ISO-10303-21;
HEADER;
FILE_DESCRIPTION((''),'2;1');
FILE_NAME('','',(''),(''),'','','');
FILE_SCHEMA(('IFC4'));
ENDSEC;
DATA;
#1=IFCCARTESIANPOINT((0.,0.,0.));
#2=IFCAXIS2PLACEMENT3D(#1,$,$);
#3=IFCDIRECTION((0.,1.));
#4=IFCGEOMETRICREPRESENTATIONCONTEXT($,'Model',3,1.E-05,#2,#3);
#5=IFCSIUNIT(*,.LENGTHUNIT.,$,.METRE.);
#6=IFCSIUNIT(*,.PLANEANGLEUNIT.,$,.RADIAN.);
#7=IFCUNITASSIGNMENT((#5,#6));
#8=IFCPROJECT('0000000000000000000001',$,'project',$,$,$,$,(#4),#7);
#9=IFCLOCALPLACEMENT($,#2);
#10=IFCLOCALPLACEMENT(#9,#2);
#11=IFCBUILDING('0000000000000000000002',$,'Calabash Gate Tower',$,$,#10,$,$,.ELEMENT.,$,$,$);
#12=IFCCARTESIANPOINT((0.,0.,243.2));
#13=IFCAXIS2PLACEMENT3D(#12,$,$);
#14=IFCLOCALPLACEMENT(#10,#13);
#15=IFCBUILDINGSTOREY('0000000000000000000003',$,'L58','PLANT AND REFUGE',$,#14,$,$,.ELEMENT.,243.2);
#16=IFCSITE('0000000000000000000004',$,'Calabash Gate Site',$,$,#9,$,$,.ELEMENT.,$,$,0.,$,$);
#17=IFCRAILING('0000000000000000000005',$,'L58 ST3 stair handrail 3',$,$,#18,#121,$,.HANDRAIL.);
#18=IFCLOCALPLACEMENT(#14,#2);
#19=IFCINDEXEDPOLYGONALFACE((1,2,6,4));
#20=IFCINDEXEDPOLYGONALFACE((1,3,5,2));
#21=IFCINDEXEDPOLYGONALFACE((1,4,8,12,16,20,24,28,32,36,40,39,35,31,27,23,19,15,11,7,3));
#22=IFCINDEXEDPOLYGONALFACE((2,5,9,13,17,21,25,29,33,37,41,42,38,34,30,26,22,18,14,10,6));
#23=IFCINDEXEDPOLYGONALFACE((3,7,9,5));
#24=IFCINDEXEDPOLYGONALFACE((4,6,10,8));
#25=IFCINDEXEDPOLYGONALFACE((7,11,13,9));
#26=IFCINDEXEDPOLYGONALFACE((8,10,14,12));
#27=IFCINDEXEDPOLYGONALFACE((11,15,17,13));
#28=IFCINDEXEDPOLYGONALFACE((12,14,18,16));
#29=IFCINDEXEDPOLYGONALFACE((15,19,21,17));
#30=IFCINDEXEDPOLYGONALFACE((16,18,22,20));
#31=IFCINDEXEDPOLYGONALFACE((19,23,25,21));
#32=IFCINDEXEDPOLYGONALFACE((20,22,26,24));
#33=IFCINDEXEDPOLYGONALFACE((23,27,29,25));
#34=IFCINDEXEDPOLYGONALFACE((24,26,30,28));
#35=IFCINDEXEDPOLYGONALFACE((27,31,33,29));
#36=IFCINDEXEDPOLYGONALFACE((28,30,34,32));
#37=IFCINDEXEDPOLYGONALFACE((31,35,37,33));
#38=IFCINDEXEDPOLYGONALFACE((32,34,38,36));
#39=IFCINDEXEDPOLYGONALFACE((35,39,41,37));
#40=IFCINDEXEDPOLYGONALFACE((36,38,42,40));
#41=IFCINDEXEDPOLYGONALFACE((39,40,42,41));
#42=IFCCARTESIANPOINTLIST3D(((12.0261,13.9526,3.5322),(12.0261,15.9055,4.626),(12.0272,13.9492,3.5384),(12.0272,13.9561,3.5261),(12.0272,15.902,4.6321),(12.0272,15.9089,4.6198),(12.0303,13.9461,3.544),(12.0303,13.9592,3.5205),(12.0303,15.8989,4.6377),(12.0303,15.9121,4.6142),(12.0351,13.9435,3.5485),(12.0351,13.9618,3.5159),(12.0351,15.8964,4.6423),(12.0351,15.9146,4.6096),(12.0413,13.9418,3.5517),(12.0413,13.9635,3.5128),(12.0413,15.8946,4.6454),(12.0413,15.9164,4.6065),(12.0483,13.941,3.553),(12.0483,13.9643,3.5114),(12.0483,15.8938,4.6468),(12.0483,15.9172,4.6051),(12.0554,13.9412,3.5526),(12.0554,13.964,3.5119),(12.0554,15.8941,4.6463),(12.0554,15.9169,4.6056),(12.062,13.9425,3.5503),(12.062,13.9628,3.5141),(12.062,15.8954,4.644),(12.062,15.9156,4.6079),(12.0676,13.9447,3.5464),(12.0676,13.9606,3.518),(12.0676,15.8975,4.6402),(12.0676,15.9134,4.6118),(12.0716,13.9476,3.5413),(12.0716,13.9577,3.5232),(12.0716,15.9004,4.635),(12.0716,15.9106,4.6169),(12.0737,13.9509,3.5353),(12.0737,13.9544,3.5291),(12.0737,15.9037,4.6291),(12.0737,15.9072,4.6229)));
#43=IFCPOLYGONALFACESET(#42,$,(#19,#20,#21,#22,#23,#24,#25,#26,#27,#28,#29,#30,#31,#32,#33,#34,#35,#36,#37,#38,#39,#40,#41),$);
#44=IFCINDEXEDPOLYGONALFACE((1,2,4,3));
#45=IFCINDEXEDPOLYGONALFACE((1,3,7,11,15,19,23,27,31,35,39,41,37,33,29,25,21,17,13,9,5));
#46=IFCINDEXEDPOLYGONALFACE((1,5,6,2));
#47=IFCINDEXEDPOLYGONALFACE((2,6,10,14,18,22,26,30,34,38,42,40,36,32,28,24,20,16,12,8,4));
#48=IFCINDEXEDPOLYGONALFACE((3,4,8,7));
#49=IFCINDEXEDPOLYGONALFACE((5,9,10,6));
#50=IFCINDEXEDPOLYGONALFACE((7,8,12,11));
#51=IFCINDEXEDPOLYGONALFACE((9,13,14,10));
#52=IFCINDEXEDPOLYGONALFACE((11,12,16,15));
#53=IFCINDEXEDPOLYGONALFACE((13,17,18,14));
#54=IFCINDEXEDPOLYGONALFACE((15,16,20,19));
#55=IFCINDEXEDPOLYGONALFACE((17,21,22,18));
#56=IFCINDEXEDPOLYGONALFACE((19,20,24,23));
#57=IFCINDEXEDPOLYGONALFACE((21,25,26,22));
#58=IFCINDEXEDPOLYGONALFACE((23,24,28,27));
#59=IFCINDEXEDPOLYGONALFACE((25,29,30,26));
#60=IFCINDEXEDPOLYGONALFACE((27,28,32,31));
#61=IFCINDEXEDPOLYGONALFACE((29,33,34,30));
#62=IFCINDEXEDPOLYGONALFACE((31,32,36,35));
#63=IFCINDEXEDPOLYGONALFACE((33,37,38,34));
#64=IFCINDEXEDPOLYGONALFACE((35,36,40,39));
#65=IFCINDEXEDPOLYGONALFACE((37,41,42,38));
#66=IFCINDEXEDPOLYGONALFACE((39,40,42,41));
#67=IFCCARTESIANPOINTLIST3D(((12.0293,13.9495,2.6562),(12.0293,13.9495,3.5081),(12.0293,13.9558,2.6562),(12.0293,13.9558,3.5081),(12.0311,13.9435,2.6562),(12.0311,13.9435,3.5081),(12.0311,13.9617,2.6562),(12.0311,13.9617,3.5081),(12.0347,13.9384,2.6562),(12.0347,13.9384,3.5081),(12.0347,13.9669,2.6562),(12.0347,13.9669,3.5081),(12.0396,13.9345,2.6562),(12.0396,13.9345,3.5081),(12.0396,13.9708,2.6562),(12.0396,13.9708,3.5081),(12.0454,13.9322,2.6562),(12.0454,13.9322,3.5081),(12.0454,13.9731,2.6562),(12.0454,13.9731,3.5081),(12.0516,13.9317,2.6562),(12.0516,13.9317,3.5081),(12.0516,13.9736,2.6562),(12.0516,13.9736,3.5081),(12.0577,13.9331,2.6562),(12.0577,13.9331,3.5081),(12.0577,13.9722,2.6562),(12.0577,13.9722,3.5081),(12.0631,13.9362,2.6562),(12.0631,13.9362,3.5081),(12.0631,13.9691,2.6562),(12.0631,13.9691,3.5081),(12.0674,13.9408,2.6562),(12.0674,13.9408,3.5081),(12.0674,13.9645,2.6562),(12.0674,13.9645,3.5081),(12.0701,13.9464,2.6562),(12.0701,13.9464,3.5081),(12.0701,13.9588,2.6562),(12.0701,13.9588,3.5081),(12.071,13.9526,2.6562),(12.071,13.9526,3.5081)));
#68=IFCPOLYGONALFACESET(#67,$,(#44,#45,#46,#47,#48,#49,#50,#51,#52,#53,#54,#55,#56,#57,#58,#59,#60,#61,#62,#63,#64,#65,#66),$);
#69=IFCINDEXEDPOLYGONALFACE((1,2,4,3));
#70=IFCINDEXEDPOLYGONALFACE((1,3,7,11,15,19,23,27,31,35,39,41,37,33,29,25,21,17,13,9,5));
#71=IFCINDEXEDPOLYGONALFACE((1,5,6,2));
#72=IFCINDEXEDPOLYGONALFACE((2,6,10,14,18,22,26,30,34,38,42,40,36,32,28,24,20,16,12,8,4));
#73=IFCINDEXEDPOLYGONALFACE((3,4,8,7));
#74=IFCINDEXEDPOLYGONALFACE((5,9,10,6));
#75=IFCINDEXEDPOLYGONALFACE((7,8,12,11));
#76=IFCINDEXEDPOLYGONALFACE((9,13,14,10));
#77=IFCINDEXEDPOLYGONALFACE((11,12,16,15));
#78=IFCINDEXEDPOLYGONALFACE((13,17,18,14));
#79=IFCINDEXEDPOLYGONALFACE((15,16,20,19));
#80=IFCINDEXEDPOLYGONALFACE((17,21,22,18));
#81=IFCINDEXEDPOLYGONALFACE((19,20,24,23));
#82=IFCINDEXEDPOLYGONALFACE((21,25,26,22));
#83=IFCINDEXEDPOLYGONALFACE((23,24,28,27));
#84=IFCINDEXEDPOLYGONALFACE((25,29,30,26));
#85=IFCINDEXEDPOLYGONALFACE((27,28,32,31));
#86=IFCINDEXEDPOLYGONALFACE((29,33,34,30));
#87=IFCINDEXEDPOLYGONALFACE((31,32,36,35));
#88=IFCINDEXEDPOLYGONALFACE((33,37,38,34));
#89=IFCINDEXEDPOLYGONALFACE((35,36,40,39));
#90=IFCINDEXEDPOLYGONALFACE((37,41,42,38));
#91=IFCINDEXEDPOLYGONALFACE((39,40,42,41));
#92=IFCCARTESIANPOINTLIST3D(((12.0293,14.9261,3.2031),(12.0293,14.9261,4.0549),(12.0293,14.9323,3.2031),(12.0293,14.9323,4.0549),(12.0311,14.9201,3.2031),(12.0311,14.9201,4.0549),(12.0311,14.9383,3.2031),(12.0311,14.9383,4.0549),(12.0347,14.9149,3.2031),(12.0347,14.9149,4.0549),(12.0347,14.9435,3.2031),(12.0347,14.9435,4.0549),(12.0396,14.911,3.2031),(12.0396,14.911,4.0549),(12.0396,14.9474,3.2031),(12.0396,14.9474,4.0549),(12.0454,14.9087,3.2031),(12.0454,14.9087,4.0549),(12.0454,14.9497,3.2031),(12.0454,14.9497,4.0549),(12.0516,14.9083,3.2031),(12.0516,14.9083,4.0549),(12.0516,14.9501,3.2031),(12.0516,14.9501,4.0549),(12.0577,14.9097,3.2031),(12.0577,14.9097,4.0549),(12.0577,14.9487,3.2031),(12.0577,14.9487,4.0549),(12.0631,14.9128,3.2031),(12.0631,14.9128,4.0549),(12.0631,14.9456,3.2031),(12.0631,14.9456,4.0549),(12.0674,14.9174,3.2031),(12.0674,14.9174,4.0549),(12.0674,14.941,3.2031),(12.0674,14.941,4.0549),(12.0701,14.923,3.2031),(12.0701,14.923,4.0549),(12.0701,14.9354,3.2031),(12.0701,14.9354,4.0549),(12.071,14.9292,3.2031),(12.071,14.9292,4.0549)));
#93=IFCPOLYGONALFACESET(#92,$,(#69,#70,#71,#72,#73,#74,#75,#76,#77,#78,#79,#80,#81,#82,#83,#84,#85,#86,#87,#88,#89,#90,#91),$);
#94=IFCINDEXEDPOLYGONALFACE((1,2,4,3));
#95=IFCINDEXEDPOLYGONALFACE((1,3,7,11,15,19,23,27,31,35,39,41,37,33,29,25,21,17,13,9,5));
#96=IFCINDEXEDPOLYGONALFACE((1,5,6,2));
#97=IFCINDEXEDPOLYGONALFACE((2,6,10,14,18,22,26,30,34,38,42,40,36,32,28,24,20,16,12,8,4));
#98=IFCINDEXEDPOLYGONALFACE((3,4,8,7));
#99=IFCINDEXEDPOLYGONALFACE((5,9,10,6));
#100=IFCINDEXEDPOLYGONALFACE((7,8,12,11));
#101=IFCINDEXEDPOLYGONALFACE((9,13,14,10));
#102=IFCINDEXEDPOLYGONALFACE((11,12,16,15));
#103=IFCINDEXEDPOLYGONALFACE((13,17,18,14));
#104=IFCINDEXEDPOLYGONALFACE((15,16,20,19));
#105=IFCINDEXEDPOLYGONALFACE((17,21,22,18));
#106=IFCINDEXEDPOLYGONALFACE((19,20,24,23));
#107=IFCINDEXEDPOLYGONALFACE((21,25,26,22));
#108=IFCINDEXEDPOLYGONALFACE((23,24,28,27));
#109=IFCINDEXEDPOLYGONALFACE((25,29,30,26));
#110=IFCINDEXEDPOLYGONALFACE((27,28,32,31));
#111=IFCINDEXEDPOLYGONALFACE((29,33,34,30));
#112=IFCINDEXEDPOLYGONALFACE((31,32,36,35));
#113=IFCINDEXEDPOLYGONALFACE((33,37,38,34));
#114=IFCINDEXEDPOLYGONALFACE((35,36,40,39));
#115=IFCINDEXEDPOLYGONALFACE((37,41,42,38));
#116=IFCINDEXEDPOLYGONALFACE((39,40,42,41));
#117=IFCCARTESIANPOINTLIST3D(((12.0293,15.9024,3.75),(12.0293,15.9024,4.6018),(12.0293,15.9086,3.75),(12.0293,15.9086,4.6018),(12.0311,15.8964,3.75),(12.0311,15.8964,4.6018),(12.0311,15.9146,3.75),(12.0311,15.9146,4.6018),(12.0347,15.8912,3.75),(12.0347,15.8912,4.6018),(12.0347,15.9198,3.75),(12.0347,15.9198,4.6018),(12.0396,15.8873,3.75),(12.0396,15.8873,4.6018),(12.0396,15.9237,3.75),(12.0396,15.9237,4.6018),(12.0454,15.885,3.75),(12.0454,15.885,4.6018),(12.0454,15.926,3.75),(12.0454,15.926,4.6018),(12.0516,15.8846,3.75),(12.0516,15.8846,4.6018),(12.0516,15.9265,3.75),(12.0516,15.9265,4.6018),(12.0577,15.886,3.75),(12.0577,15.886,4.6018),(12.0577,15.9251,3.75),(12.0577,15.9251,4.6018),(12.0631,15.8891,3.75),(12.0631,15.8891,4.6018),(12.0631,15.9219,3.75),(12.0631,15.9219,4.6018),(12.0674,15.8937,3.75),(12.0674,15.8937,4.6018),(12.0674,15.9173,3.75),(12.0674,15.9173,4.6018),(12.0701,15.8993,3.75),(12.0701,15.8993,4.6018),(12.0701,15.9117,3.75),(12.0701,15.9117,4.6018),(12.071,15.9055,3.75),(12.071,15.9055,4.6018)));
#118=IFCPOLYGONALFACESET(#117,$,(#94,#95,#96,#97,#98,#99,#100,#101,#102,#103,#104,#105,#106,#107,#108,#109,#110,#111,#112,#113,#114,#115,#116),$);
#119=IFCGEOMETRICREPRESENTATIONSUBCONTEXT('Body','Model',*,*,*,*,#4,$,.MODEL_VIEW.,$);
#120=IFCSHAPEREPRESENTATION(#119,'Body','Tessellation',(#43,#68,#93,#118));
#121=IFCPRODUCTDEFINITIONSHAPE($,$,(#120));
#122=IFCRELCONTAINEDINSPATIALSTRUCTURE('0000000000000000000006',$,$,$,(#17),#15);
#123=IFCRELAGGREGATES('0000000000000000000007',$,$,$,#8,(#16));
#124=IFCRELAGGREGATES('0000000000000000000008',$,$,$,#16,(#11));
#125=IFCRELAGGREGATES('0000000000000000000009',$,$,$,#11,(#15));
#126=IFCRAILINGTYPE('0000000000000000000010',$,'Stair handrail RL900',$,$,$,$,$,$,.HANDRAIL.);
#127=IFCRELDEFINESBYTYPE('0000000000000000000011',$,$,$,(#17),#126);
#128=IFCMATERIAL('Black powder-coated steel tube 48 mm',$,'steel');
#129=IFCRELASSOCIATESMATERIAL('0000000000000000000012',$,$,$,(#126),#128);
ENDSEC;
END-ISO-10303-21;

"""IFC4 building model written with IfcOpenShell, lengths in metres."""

from ifc_helpers import new_model, si_unit, direction, frame, origin, origin_2d, place, context, subcontext, project, spatial, circle, extrude, material, type_object, element, save


model = new_model("IFC4")

# Units and contexts
model_context = context("Model", 3, precision=1e-05, world=origin(), true_north=direction((0.0, 1.0)))
body_context = subcontext(model_context, "Body", "Model", "MODEL_VIEW")
ifc_project = project(units=[si_unit("LENGTHUNIT", "METRE"), si_unit("PLANEANGLEUNIT", "RADIAN")], contexts=[model_context])

# Site, building, storey
site_placement = place(None, origin())
site = spatial("IfcSite", under=ifc_project, at=site_placement, Name="Calabash Gate Site", CompositionType="ELEMENT", RefElevation=0.0)
building_placement = place(site_placement, origin())
building = spatial("IfcBuilding", under=site, at=building_placement, Name="Calabash Gate Tower", CompositionType="ELEMENT")
storey_placement = place(building_placement, frame((0.0, 0.0, 243.2)))
storey = spatial("IfcBuildingStorey", under=building, at=storey_placement, Name="L58", Description="PLANT AND REFUGE", CompositionType="ELEMENT", Elevation=243.2)

# Railing
ifc_material_1 = material(Name="Black powder-coated steel tube 48 mm", Category="steel")
railing_type_1 = type_object("IfcRailingType", Name="Stair handrail RL900", PredefinedType="HANDRAIL", material=ifc_material_1)
for number, where, name in (
    (1, (12.05, 13.9526, 2.6562), "L58 ST3 stair handrail 3"),
):
    element("IfcRailing", number, at=place(storey_placement, frame(where)), inside=storey, type_object=railing_type_1, Name=name, PredefinedType="HANDRAIL", context=body_context, shape_type="SweptSolid", body=[
        extrude(circle(Radius=0.0239, at=origin_2d()), frame((0.0, 0.0, 0.876), z_axis=(0.0, 0.87248, 0.48865), x_axis=(-1.0, 0.0, 0.0)), (0.0, 0.0, 1.0), 2.2383),
        extrude(circle(Radius=0.021, at=origin_2d()), origin(), (0.0, 0.0, 1.0), 0.8518),
        extrude(circle(Radius=0.021, at=origin_2d()), frame((0.0, 0.9766, 0.5469)), (0.0, 0.0, 1.0), 0.8518),
        extrude(circle(Radius=0.021, at=origin_2d()), frame((0.0, 1.9529, 1.0938)), (0.0, 0.0, 1.0), 0.8518),
    ])

save(model, "model.ifc")
